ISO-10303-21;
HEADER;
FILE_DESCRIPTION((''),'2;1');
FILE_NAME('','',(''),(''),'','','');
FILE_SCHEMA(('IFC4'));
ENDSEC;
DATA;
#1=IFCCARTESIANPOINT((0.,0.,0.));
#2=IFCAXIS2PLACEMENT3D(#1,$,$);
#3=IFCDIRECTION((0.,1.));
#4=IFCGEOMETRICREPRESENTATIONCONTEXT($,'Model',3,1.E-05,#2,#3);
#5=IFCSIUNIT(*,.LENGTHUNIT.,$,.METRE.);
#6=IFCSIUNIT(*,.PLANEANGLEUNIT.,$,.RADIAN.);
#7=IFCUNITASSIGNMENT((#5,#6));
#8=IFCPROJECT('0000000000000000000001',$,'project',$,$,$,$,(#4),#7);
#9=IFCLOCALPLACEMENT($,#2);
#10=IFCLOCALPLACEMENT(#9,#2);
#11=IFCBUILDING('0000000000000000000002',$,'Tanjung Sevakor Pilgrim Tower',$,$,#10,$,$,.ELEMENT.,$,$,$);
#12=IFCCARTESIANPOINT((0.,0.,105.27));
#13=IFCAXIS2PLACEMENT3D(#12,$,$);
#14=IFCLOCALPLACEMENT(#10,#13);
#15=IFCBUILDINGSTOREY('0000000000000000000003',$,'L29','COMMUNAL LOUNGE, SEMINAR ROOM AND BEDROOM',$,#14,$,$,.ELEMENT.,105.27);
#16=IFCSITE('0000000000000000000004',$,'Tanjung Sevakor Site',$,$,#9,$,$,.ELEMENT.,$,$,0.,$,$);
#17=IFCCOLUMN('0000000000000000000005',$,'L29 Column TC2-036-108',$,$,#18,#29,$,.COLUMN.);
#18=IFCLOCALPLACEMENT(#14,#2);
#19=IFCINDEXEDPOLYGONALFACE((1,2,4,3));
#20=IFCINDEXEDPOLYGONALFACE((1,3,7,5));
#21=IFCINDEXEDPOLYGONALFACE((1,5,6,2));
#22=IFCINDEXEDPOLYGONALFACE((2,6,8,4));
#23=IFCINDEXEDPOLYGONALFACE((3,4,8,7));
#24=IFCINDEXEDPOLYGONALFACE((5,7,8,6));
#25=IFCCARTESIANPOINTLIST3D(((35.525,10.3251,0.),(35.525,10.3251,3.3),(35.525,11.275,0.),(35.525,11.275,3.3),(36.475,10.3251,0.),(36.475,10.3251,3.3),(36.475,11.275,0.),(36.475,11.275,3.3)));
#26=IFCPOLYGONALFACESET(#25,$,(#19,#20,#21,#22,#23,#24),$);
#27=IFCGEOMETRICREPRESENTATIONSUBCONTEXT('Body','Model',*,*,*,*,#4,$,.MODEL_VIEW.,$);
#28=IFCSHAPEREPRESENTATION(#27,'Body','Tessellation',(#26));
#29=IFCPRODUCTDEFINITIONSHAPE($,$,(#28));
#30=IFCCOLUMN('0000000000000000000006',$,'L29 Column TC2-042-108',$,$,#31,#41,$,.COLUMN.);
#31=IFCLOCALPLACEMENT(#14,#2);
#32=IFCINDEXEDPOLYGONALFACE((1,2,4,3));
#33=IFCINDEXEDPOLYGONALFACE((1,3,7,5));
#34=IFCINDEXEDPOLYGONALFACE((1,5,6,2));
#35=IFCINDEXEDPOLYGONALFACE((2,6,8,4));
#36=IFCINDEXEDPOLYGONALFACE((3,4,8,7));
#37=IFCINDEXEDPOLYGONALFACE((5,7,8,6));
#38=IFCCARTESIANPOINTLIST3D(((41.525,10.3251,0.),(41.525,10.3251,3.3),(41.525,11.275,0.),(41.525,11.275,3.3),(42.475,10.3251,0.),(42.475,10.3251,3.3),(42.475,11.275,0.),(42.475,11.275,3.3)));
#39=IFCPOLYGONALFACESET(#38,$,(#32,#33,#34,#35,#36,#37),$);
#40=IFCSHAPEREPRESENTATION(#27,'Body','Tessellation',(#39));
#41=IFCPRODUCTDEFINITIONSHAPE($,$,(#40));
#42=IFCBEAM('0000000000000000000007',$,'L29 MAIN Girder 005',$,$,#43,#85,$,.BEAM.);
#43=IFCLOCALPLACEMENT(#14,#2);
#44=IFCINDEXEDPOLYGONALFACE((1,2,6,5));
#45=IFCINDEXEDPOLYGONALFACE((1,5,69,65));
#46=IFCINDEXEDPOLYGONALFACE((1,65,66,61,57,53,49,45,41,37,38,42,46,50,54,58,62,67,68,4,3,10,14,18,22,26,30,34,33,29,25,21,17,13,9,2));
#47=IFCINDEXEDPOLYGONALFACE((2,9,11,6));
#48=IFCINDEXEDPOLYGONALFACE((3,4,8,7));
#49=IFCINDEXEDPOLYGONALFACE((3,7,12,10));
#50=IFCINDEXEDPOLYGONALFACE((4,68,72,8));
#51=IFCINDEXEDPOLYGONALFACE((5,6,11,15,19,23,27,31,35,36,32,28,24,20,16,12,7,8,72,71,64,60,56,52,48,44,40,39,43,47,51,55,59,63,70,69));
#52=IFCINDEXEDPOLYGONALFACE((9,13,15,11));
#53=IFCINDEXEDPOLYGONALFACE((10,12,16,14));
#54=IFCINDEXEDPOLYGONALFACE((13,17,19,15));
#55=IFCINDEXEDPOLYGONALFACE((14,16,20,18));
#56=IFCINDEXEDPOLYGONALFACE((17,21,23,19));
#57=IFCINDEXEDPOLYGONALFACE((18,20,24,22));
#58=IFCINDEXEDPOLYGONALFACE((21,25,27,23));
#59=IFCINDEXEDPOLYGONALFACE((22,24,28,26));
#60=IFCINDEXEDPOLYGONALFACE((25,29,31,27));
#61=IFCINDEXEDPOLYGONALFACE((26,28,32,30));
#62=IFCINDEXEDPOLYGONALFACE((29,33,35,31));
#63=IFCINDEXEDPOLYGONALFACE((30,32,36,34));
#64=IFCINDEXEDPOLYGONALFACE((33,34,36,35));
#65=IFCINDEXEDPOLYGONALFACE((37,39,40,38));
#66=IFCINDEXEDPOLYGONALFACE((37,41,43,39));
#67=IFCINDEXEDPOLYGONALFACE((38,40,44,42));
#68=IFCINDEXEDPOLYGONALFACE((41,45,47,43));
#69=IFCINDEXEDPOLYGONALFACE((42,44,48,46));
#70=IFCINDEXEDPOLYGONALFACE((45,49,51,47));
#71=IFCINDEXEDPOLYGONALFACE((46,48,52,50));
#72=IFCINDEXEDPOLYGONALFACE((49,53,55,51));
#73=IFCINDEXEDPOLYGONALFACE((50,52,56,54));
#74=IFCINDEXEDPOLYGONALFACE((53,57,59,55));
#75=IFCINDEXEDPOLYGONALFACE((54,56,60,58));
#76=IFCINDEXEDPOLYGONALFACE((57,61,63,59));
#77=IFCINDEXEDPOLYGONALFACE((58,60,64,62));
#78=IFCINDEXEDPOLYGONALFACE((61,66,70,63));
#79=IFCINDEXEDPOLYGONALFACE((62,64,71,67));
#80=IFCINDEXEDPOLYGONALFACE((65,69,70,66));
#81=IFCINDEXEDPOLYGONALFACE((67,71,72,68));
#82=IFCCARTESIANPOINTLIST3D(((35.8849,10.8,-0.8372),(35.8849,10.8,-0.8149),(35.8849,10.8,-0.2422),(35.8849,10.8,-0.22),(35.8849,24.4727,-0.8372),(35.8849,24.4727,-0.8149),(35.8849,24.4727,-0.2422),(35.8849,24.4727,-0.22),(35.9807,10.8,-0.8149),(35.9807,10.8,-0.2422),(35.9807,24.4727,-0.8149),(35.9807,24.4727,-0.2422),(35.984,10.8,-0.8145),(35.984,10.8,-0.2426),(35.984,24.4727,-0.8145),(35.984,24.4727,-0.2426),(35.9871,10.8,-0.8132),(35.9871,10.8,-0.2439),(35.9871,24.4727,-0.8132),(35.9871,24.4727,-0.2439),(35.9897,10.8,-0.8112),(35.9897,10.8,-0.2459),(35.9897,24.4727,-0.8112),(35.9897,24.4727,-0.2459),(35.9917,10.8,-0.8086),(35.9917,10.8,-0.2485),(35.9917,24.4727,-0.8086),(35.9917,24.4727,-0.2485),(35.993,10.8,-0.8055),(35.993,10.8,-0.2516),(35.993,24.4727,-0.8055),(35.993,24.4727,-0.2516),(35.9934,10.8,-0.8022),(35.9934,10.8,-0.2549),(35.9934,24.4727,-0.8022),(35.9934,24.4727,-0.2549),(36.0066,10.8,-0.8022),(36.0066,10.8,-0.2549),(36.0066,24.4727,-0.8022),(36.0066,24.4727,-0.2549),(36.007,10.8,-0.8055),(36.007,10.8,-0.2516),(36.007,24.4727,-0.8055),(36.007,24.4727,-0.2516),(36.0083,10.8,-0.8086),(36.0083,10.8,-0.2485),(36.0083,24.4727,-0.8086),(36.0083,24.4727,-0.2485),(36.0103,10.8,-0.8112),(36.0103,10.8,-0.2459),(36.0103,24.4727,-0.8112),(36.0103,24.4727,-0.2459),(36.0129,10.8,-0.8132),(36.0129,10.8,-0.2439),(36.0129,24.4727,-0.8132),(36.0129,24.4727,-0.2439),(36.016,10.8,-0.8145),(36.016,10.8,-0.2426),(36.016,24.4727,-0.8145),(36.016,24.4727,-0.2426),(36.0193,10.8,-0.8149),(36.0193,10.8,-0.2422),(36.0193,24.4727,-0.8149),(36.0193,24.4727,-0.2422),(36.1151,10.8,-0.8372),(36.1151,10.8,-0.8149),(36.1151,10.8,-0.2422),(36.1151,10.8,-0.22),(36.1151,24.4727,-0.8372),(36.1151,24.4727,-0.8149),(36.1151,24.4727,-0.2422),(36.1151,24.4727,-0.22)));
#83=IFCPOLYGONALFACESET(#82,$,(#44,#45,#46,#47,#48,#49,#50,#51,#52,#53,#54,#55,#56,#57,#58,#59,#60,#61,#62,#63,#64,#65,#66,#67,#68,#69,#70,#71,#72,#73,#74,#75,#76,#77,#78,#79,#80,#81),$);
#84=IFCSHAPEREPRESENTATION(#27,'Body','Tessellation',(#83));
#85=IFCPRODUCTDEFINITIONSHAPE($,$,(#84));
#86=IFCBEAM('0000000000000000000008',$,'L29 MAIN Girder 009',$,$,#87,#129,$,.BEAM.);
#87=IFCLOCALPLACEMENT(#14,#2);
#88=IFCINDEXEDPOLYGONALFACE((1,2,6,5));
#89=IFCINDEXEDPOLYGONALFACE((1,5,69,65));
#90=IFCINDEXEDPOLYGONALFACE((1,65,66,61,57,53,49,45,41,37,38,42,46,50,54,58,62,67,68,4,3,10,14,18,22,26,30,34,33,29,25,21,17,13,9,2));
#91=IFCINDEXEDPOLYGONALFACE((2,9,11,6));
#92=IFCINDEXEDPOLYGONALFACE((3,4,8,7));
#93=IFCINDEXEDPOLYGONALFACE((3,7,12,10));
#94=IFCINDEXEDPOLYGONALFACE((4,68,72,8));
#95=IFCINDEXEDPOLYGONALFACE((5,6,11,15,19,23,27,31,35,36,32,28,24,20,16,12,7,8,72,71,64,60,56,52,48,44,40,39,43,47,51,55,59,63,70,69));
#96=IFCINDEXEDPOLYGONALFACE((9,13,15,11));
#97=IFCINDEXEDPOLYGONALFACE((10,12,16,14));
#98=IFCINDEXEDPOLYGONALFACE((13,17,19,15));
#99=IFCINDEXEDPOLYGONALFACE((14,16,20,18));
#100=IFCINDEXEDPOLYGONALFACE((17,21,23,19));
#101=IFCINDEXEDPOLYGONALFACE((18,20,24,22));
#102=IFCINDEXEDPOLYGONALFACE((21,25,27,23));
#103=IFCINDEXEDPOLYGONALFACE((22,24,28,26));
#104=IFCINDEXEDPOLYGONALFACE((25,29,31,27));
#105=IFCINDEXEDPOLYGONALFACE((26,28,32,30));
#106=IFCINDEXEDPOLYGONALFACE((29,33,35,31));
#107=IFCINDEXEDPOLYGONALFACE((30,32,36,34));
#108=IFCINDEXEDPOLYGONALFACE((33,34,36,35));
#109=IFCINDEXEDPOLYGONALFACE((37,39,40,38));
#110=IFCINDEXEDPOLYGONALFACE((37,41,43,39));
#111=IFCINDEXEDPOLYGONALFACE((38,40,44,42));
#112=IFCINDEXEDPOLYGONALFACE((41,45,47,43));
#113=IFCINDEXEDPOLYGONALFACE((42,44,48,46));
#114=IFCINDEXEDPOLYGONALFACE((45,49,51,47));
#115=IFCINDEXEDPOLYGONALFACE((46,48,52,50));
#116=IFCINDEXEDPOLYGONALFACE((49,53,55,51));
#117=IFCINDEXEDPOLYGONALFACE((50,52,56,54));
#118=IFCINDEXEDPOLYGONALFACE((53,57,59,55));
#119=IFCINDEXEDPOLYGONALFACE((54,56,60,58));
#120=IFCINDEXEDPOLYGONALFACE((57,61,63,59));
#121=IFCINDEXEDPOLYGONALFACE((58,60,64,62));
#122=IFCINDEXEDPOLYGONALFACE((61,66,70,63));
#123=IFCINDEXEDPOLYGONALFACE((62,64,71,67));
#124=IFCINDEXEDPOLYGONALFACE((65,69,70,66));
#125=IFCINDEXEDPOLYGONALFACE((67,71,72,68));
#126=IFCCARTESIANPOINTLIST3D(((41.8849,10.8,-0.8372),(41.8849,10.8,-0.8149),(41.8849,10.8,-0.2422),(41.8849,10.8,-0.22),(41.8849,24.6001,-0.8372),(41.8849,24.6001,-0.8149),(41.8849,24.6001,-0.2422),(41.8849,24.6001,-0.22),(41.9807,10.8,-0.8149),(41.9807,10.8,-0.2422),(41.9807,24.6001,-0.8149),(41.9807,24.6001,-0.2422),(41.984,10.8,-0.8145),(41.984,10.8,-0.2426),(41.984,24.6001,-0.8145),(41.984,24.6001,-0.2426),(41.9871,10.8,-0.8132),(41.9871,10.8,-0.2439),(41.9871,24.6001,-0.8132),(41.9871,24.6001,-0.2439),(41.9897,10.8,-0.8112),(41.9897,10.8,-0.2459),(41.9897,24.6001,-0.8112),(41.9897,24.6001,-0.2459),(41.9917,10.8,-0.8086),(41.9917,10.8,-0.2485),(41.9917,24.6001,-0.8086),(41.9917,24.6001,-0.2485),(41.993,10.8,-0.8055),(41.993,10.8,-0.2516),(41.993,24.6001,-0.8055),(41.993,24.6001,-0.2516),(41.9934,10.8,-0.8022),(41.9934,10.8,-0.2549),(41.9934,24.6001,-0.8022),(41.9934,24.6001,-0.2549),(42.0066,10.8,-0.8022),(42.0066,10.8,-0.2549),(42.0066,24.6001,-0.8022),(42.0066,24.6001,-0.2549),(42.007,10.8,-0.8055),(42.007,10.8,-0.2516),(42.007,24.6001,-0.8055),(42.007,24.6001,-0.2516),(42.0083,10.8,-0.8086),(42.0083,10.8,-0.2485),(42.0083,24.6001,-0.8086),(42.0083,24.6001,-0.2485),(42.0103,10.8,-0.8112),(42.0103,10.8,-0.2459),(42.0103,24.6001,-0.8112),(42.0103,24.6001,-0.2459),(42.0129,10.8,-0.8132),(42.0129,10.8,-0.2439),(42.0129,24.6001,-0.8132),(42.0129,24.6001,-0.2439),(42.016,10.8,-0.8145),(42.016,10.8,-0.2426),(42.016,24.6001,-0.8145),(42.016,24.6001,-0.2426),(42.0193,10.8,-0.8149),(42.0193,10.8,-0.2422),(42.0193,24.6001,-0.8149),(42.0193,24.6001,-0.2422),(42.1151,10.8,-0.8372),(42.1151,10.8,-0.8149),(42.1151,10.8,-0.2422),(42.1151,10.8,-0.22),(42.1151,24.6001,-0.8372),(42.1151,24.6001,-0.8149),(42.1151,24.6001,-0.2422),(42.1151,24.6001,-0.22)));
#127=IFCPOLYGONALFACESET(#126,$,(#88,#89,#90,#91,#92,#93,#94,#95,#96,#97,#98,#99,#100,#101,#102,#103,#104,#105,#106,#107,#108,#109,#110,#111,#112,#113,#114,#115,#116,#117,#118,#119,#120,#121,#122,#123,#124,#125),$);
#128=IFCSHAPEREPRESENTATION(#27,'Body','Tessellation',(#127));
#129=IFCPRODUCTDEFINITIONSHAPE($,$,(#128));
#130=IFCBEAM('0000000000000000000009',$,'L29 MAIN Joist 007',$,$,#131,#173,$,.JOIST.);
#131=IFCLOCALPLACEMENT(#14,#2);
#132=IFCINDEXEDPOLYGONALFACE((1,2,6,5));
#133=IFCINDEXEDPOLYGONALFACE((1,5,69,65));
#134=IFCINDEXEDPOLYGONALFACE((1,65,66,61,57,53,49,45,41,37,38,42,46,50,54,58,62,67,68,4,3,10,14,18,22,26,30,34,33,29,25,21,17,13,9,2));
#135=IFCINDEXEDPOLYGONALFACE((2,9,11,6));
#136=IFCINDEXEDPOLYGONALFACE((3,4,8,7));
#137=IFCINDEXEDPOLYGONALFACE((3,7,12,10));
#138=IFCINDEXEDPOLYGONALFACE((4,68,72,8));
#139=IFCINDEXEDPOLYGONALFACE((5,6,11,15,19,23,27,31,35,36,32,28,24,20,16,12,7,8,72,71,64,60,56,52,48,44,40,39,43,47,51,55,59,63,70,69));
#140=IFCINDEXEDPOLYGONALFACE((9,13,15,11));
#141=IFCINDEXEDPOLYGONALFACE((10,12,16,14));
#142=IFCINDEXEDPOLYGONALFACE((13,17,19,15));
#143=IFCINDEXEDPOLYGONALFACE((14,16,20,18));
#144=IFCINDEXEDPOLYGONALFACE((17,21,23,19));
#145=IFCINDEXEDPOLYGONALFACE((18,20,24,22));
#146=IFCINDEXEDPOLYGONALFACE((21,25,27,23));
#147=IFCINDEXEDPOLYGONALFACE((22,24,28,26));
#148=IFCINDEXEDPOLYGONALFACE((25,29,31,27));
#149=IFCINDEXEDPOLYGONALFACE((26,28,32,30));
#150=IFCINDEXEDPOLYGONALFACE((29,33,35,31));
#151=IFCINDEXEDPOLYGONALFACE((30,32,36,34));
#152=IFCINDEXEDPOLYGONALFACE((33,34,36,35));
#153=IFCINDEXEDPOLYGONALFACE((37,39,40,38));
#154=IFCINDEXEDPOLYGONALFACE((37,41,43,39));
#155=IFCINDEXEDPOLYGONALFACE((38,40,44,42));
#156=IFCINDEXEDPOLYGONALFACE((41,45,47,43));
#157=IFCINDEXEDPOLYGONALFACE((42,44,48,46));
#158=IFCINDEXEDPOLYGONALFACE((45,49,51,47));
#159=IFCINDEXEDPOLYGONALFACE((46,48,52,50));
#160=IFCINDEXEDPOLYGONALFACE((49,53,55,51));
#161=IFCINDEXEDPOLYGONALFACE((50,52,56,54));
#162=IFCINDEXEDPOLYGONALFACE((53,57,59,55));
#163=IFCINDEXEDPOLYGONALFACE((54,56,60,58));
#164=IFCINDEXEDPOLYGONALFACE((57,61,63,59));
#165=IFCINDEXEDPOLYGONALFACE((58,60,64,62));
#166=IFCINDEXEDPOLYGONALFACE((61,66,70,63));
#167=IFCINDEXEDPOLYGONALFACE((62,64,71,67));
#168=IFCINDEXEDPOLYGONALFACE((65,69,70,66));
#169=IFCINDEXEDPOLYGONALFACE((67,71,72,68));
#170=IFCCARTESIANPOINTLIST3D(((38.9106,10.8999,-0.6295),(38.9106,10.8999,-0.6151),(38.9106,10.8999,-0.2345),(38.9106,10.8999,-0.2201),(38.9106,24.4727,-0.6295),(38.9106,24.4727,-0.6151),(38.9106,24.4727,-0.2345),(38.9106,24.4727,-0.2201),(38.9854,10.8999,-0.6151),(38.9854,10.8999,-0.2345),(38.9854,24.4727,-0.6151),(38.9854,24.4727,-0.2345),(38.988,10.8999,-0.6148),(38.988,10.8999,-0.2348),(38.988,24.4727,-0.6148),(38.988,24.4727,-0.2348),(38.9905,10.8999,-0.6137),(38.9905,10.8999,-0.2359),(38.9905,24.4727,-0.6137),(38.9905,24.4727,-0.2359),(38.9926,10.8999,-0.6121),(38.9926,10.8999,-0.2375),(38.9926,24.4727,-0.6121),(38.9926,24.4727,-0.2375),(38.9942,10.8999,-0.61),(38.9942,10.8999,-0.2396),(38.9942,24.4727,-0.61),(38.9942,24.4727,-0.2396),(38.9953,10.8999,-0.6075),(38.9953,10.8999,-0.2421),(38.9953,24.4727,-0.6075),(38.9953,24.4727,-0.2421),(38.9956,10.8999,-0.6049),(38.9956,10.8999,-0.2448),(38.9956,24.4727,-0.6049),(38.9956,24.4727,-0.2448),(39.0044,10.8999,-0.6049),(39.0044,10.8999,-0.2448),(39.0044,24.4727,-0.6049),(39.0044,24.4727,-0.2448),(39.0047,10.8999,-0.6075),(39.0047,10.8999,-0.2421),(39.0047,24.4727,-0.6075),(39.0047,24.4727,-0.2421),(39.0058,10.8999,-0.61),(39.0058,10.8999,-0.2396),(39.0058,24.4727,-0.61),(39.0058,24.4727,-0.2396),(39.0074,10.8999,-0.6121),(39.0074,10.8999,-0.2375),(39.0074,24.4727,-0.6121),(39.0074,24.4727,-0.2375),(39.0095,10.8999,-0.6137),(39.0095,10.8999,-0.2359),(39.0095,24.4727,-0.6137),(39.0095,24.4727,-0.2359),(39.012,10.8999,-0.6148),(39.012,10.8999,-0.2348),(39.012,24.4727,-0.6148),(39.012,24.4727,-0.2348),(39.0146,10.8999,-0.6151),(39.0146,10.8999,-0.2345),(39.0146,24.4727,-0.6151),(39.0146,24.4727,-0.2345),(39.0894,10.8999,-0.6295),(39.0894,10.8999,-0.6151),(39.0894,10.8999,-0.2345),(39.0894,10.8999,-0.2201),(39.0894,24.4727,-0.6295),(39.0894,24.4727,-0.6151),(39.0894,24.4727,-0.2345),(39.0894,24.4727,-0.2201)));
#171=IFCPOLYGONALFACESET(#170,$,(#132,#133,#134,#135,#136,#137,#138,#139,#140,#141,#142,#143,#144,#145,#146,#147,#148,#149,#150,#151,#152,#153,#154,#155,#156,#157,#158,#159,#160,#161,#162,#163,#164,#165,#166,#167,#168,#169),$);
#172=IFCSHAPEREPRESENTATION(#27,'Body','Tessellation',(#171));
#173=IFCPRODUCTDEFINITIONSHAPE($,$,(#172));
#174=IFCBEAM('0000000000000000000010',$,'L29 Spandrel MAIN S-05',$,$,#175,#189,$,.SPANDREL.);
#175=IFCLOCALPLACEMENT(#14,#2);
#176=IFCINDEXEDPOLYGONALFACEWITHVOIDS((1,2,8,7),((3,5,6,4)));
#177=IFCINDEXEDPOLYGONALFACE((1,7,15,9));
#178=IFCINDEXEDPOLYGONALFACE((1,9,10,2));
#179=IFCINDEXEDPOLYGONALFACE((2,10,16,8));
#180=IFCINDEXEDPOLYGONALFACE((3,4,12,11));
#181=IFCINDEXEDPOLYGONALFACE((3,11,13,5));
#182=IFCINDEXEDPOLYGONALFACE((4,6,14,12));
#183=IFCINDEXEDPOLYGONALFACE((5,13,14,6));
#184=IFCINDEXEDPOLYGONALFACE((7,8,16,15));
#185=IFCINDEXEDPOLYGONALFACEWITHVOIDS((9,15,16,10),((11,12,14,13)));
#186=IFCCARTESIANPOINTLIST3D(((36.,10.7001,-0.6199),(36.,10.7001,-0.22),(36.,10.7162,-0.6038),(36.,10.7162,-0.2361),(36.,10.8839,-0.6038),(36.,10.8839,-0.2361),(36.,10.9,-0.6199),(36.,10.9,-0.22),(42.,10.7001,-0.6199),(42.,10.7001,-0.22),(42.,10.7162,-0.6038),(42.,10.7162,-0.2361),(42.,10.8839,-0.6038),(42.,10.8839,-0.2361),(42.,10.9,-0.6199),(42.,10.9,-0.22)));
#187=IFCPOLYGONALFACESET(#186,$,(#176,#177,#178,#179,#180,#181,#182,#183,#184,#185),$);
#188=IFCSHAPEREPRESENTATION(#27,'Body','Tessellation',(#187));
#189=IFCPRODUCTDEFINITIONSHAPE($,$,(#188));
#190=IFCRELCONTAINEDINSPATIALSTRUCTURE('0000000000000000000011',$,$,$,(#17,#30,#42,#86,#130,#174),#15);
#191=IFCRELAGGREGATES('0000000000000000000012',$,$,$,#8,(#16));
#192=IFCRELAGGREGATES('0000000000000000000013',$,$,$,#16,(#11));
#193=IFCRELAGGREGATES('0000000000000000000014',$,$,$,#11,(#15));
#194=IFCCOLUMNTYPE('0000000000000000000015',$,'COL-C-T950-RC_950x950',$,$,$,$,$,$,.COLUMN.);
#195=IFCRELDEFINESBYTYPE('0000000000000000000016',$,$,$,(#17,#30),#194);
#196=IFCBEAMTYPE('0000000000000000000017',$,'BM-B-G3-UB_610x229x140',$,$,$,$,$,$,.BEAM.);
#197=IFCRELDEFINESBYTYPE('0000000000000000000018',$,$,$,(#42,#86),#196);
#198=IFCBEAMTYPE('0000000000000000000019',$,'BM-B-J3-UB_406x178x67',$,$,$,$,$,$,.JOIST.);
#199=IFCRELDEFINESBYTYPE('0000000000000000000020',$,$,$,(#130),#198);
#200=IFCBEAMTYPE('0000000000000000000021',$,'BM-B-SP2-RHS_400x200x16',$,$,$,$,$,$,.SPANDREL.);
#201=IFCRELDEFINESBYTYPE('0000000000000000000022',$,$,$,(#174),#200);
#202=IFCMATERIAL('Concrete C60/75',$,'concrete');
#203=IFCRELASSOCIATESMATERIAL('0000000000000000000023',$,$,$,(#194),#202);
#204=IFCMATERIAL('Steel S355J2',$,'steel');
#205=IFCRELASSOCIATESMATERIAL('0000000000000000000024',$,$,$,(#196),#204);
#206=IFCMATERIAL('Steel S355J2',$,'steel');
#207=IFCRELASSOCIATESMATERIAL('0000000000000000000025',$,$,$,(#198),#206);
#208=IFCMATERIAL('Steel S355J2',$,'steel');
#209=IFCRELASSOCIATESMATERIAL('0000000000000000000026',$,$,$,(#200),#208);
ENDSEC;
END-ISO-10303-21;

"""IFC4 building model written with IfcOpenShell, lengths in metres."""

from ifc_helpers import new_model, si_unit, direction, frame, origin, origin_2d, place, context, subcontext, project, spatial, rectangle, hollow_rectangle, i_section, extrude, material, material_profile, profile_set, type_object, element, save


model = new_model("IFC4")

# Units and contexts
model_context = context("Model", 3, precision=1e-05, world=origin(), true_north=direction((0.0, 1.0)))
body_context = subcontext(model_context, "Body", "Model", "MODEL_VIEW")
ifc_project = project(units=[si_unit("LENGTHUNIT", "METRE"), si_unit("PLANEANGLEUNIT", "RADIAN")], contexts=[model_context])

# Site, building, storey
site_placement = place(None, origin())
site = spatial("IfcSite", under=ifc_project, at=site_placement, Name="Tanjung Sevakor Site", CompositionType="ELEMENT", RefElevation=0.0)
building_placement = place(site_placement, origin())
building = spatial("IfcBuilding", under=site, at=building_placement, Name="Tanjung Sevakor Pilgrim Tower", CompositionType="ELEMENT")
storey_placement = place(building_placement, frame((0.0, 0.0, 105.27)))
storey = spatial("IfcBuildingStorey", under=building, at=storey_placement, Name="L29", Description="COMMUNAL LOUNGE, SEMINAR ROOM AND BEDROOM", CompositionType="ELEMENT", Elevation=105.27)

# Columns
ifc_material_1 = material(Name="Concrete C60/75", Category="concrete")
ifc_material_profile_1 = material_profile(ifc_material_1, rectangle(XDim=0.95, YDim=0.95, at=origin_2d()))
ifc_profile_set_1 = profile_set([ifc_material_profile_1], Name="Concrete C60/75")
column_type = type_object("IfcColumnType", Name="COL-C-T950-RC_950x950", PredefinedType="COLUMN", material=ifc_profile_set_1)
for number, where, z_axis, x_axis, name in (
    (1, (36.0, 10.8, 0.0), (0.0, 0.0, 1.0), (1.0, 0.0, 0.0), "L29 Column TC2-036-108"),
    (2, (42.0, 10.8, 0.0), (0.0, 0.0, 1.0), (1.0, 0.0, 0.0), "L29 Column TC2-042-108"),
):
    element("IfcColumn", number, at=place(storey_placement, frame(where, z_axis=z_axis, x_axis=x_axis)), inside=storey, type_object=column_type, Name=name, PredefinedType="COLUMN", context=body_context, shape_type="SweptSolid", body=[
        extrude(rectangle(XDim=0.95, YDim=0.95, at=origin_2d()), origin(), (0.0, 0.0, 1.0), 3.3),
    ])

# Beams
ifc_material_2 = material(Name="Steel S355J2", Category="steel")
ifc_material_profile_2 = material_profile(ifc_material_2, i_section(OverallWidth=0.2302, OverallDepth=0.6172, WebThickness=0.0132, FlangeThickness=0.0222, FilletRadius=0.0127, at=origin_2d()))
ifc_profile_set_2 = profile_set([ifc_material_profile_2], Name="Steel S355J2")
beam_type_1 = type_object("IfcBeamType", Name="BM-B-G3-UB_610x229x140", PredefinedType="BEAM", material=ifc_profile_set_2)
beam_1_placement = place(storey_placement, frame((36.0, 10.8, -0.5286), z_axis=(0.0, 1.0, 0.0), x_axis=(-1.0, 0.0, 0.0)))
element("IfcBeam", 3, at=beam_1_placement, inside=storey, type_object=beam_type_1, Name="L29 MAIN Girder 005", PredefinedType="BEAM", context=body_context, shape_type="SweptSolid", body=[
    extrude(i_section(OverallWidth=0.2302, OverallDepth=0.6172, WebThickness=0.0132, FlangeThickness=0.0222, FilletRadius=0.0127, at=origin_2d()), origin(), (0.0, 0.0, 1.0), 13.6726),
])
beam_2_placement = place(storey_placement, frame((42.0, 10.8, -0.5286), z_axis=(0.0, 1.0, 0.0), x_axis=(-1.0, 0.0, 0.0)))
element("IfcBeam", 4, at=beam_2_placement, inside=storey, type_object=beam_type_1, Name="L29 MAIN Girder 009", PredefinedType="BEAM", context=body_context, shape_type="SweptSolid", body=[
    extrude(i_section(OverallWidth=0.2302, OverallDepth=0.6172, WebThickness=0.0132, FlangeThickness=0.0222, FilletRadius=0.0127, at=origin_2d()), origin(), (0.0, 0.0, 1.0), 13.8),
])
ifc_material_3 = material(Name="Steel S355J2", Category="steel")
ifc_material_profile_3 = material_profile(ifc_material_3, i_section(OverallWidth=0.1787, OverallDepth=0.4094, WebThickness=0.0088, FlangeThickness=0.0144, FilletRadius=0.0103, at=origin_2d()))
ifc_profile_set_3 = profile_set([ifc_material_profile_3], Name="Steel S355J2")
beam_type_2 = type_object("IfcBeamType", Name="BM-B-J3-UB_406x178x67", PredefinedType="JOIST", material=ifc_profile_set_3)
beam_3_placement = place(storey_placement, frame((39.0, 10.8999, -0.4248), z_axis=(0.0, 1.0, 0.0), x_axis=(-1.0, 0.0, 0.0)))
element("IfcBeam", 5, at=beam_3_placement, inside=storey, type_object=beam_type_2, Name="L29 MAIN Joist 007", PredefinedType="JOIST", context=body_context, shape_type="SweptSolid", body=[
    extrude(i_section(OverallWidth=0.1787, OverallDepth=0.4094, WebThickness=0.0088, FlangeThickness=0.0144, FilletRadius=0.0103, at=origin_2d()), origin(), (0.0, 0.0, 1.0), 13.5728),
])
ifc_material_4 = material(Name="Steel S355J2", Category="steel")
ifc_material_profile_4 = material_profile(ifc_material_4, hollow_rectangle(XDim=0.2, YDim=0.3999, WallThickness=0.0161, at=origin_2d()))
ifc_profile_set_4 = profile_set([ifc_material_profile_4], Name="Steel S355J2")
beam_type_3 = type_object("IfcBeamType", Name="BM-B-SP2-RHS_400x200x16", PredefinedType="SPANDREL", material=ifc_profile_set_4)
beam_4_placement = place(storey_placement, frame((36.0, 10.8, -0.4199), z_axis=(1.0, 0.0, 0.0), x_axis=(0.0, 1.0, 0.0)))
element("IfcBeam", 6, at=beam_4_placement, inside=storey, type_object=beam_type_3, Name="L29 Spandrel MAIN S-05", PredefinedType="SPANDREL", context=body_context, shape_type="SweptSolid", body=[
    extrude(hollow_rectangle(XDim=0.2, YDim=0.3999, WallThickness=0.0161, at=origin_2d()), origin(), (0.0, 0.0, 1.0), 6.0),
])

save(model, "model.ifc")
